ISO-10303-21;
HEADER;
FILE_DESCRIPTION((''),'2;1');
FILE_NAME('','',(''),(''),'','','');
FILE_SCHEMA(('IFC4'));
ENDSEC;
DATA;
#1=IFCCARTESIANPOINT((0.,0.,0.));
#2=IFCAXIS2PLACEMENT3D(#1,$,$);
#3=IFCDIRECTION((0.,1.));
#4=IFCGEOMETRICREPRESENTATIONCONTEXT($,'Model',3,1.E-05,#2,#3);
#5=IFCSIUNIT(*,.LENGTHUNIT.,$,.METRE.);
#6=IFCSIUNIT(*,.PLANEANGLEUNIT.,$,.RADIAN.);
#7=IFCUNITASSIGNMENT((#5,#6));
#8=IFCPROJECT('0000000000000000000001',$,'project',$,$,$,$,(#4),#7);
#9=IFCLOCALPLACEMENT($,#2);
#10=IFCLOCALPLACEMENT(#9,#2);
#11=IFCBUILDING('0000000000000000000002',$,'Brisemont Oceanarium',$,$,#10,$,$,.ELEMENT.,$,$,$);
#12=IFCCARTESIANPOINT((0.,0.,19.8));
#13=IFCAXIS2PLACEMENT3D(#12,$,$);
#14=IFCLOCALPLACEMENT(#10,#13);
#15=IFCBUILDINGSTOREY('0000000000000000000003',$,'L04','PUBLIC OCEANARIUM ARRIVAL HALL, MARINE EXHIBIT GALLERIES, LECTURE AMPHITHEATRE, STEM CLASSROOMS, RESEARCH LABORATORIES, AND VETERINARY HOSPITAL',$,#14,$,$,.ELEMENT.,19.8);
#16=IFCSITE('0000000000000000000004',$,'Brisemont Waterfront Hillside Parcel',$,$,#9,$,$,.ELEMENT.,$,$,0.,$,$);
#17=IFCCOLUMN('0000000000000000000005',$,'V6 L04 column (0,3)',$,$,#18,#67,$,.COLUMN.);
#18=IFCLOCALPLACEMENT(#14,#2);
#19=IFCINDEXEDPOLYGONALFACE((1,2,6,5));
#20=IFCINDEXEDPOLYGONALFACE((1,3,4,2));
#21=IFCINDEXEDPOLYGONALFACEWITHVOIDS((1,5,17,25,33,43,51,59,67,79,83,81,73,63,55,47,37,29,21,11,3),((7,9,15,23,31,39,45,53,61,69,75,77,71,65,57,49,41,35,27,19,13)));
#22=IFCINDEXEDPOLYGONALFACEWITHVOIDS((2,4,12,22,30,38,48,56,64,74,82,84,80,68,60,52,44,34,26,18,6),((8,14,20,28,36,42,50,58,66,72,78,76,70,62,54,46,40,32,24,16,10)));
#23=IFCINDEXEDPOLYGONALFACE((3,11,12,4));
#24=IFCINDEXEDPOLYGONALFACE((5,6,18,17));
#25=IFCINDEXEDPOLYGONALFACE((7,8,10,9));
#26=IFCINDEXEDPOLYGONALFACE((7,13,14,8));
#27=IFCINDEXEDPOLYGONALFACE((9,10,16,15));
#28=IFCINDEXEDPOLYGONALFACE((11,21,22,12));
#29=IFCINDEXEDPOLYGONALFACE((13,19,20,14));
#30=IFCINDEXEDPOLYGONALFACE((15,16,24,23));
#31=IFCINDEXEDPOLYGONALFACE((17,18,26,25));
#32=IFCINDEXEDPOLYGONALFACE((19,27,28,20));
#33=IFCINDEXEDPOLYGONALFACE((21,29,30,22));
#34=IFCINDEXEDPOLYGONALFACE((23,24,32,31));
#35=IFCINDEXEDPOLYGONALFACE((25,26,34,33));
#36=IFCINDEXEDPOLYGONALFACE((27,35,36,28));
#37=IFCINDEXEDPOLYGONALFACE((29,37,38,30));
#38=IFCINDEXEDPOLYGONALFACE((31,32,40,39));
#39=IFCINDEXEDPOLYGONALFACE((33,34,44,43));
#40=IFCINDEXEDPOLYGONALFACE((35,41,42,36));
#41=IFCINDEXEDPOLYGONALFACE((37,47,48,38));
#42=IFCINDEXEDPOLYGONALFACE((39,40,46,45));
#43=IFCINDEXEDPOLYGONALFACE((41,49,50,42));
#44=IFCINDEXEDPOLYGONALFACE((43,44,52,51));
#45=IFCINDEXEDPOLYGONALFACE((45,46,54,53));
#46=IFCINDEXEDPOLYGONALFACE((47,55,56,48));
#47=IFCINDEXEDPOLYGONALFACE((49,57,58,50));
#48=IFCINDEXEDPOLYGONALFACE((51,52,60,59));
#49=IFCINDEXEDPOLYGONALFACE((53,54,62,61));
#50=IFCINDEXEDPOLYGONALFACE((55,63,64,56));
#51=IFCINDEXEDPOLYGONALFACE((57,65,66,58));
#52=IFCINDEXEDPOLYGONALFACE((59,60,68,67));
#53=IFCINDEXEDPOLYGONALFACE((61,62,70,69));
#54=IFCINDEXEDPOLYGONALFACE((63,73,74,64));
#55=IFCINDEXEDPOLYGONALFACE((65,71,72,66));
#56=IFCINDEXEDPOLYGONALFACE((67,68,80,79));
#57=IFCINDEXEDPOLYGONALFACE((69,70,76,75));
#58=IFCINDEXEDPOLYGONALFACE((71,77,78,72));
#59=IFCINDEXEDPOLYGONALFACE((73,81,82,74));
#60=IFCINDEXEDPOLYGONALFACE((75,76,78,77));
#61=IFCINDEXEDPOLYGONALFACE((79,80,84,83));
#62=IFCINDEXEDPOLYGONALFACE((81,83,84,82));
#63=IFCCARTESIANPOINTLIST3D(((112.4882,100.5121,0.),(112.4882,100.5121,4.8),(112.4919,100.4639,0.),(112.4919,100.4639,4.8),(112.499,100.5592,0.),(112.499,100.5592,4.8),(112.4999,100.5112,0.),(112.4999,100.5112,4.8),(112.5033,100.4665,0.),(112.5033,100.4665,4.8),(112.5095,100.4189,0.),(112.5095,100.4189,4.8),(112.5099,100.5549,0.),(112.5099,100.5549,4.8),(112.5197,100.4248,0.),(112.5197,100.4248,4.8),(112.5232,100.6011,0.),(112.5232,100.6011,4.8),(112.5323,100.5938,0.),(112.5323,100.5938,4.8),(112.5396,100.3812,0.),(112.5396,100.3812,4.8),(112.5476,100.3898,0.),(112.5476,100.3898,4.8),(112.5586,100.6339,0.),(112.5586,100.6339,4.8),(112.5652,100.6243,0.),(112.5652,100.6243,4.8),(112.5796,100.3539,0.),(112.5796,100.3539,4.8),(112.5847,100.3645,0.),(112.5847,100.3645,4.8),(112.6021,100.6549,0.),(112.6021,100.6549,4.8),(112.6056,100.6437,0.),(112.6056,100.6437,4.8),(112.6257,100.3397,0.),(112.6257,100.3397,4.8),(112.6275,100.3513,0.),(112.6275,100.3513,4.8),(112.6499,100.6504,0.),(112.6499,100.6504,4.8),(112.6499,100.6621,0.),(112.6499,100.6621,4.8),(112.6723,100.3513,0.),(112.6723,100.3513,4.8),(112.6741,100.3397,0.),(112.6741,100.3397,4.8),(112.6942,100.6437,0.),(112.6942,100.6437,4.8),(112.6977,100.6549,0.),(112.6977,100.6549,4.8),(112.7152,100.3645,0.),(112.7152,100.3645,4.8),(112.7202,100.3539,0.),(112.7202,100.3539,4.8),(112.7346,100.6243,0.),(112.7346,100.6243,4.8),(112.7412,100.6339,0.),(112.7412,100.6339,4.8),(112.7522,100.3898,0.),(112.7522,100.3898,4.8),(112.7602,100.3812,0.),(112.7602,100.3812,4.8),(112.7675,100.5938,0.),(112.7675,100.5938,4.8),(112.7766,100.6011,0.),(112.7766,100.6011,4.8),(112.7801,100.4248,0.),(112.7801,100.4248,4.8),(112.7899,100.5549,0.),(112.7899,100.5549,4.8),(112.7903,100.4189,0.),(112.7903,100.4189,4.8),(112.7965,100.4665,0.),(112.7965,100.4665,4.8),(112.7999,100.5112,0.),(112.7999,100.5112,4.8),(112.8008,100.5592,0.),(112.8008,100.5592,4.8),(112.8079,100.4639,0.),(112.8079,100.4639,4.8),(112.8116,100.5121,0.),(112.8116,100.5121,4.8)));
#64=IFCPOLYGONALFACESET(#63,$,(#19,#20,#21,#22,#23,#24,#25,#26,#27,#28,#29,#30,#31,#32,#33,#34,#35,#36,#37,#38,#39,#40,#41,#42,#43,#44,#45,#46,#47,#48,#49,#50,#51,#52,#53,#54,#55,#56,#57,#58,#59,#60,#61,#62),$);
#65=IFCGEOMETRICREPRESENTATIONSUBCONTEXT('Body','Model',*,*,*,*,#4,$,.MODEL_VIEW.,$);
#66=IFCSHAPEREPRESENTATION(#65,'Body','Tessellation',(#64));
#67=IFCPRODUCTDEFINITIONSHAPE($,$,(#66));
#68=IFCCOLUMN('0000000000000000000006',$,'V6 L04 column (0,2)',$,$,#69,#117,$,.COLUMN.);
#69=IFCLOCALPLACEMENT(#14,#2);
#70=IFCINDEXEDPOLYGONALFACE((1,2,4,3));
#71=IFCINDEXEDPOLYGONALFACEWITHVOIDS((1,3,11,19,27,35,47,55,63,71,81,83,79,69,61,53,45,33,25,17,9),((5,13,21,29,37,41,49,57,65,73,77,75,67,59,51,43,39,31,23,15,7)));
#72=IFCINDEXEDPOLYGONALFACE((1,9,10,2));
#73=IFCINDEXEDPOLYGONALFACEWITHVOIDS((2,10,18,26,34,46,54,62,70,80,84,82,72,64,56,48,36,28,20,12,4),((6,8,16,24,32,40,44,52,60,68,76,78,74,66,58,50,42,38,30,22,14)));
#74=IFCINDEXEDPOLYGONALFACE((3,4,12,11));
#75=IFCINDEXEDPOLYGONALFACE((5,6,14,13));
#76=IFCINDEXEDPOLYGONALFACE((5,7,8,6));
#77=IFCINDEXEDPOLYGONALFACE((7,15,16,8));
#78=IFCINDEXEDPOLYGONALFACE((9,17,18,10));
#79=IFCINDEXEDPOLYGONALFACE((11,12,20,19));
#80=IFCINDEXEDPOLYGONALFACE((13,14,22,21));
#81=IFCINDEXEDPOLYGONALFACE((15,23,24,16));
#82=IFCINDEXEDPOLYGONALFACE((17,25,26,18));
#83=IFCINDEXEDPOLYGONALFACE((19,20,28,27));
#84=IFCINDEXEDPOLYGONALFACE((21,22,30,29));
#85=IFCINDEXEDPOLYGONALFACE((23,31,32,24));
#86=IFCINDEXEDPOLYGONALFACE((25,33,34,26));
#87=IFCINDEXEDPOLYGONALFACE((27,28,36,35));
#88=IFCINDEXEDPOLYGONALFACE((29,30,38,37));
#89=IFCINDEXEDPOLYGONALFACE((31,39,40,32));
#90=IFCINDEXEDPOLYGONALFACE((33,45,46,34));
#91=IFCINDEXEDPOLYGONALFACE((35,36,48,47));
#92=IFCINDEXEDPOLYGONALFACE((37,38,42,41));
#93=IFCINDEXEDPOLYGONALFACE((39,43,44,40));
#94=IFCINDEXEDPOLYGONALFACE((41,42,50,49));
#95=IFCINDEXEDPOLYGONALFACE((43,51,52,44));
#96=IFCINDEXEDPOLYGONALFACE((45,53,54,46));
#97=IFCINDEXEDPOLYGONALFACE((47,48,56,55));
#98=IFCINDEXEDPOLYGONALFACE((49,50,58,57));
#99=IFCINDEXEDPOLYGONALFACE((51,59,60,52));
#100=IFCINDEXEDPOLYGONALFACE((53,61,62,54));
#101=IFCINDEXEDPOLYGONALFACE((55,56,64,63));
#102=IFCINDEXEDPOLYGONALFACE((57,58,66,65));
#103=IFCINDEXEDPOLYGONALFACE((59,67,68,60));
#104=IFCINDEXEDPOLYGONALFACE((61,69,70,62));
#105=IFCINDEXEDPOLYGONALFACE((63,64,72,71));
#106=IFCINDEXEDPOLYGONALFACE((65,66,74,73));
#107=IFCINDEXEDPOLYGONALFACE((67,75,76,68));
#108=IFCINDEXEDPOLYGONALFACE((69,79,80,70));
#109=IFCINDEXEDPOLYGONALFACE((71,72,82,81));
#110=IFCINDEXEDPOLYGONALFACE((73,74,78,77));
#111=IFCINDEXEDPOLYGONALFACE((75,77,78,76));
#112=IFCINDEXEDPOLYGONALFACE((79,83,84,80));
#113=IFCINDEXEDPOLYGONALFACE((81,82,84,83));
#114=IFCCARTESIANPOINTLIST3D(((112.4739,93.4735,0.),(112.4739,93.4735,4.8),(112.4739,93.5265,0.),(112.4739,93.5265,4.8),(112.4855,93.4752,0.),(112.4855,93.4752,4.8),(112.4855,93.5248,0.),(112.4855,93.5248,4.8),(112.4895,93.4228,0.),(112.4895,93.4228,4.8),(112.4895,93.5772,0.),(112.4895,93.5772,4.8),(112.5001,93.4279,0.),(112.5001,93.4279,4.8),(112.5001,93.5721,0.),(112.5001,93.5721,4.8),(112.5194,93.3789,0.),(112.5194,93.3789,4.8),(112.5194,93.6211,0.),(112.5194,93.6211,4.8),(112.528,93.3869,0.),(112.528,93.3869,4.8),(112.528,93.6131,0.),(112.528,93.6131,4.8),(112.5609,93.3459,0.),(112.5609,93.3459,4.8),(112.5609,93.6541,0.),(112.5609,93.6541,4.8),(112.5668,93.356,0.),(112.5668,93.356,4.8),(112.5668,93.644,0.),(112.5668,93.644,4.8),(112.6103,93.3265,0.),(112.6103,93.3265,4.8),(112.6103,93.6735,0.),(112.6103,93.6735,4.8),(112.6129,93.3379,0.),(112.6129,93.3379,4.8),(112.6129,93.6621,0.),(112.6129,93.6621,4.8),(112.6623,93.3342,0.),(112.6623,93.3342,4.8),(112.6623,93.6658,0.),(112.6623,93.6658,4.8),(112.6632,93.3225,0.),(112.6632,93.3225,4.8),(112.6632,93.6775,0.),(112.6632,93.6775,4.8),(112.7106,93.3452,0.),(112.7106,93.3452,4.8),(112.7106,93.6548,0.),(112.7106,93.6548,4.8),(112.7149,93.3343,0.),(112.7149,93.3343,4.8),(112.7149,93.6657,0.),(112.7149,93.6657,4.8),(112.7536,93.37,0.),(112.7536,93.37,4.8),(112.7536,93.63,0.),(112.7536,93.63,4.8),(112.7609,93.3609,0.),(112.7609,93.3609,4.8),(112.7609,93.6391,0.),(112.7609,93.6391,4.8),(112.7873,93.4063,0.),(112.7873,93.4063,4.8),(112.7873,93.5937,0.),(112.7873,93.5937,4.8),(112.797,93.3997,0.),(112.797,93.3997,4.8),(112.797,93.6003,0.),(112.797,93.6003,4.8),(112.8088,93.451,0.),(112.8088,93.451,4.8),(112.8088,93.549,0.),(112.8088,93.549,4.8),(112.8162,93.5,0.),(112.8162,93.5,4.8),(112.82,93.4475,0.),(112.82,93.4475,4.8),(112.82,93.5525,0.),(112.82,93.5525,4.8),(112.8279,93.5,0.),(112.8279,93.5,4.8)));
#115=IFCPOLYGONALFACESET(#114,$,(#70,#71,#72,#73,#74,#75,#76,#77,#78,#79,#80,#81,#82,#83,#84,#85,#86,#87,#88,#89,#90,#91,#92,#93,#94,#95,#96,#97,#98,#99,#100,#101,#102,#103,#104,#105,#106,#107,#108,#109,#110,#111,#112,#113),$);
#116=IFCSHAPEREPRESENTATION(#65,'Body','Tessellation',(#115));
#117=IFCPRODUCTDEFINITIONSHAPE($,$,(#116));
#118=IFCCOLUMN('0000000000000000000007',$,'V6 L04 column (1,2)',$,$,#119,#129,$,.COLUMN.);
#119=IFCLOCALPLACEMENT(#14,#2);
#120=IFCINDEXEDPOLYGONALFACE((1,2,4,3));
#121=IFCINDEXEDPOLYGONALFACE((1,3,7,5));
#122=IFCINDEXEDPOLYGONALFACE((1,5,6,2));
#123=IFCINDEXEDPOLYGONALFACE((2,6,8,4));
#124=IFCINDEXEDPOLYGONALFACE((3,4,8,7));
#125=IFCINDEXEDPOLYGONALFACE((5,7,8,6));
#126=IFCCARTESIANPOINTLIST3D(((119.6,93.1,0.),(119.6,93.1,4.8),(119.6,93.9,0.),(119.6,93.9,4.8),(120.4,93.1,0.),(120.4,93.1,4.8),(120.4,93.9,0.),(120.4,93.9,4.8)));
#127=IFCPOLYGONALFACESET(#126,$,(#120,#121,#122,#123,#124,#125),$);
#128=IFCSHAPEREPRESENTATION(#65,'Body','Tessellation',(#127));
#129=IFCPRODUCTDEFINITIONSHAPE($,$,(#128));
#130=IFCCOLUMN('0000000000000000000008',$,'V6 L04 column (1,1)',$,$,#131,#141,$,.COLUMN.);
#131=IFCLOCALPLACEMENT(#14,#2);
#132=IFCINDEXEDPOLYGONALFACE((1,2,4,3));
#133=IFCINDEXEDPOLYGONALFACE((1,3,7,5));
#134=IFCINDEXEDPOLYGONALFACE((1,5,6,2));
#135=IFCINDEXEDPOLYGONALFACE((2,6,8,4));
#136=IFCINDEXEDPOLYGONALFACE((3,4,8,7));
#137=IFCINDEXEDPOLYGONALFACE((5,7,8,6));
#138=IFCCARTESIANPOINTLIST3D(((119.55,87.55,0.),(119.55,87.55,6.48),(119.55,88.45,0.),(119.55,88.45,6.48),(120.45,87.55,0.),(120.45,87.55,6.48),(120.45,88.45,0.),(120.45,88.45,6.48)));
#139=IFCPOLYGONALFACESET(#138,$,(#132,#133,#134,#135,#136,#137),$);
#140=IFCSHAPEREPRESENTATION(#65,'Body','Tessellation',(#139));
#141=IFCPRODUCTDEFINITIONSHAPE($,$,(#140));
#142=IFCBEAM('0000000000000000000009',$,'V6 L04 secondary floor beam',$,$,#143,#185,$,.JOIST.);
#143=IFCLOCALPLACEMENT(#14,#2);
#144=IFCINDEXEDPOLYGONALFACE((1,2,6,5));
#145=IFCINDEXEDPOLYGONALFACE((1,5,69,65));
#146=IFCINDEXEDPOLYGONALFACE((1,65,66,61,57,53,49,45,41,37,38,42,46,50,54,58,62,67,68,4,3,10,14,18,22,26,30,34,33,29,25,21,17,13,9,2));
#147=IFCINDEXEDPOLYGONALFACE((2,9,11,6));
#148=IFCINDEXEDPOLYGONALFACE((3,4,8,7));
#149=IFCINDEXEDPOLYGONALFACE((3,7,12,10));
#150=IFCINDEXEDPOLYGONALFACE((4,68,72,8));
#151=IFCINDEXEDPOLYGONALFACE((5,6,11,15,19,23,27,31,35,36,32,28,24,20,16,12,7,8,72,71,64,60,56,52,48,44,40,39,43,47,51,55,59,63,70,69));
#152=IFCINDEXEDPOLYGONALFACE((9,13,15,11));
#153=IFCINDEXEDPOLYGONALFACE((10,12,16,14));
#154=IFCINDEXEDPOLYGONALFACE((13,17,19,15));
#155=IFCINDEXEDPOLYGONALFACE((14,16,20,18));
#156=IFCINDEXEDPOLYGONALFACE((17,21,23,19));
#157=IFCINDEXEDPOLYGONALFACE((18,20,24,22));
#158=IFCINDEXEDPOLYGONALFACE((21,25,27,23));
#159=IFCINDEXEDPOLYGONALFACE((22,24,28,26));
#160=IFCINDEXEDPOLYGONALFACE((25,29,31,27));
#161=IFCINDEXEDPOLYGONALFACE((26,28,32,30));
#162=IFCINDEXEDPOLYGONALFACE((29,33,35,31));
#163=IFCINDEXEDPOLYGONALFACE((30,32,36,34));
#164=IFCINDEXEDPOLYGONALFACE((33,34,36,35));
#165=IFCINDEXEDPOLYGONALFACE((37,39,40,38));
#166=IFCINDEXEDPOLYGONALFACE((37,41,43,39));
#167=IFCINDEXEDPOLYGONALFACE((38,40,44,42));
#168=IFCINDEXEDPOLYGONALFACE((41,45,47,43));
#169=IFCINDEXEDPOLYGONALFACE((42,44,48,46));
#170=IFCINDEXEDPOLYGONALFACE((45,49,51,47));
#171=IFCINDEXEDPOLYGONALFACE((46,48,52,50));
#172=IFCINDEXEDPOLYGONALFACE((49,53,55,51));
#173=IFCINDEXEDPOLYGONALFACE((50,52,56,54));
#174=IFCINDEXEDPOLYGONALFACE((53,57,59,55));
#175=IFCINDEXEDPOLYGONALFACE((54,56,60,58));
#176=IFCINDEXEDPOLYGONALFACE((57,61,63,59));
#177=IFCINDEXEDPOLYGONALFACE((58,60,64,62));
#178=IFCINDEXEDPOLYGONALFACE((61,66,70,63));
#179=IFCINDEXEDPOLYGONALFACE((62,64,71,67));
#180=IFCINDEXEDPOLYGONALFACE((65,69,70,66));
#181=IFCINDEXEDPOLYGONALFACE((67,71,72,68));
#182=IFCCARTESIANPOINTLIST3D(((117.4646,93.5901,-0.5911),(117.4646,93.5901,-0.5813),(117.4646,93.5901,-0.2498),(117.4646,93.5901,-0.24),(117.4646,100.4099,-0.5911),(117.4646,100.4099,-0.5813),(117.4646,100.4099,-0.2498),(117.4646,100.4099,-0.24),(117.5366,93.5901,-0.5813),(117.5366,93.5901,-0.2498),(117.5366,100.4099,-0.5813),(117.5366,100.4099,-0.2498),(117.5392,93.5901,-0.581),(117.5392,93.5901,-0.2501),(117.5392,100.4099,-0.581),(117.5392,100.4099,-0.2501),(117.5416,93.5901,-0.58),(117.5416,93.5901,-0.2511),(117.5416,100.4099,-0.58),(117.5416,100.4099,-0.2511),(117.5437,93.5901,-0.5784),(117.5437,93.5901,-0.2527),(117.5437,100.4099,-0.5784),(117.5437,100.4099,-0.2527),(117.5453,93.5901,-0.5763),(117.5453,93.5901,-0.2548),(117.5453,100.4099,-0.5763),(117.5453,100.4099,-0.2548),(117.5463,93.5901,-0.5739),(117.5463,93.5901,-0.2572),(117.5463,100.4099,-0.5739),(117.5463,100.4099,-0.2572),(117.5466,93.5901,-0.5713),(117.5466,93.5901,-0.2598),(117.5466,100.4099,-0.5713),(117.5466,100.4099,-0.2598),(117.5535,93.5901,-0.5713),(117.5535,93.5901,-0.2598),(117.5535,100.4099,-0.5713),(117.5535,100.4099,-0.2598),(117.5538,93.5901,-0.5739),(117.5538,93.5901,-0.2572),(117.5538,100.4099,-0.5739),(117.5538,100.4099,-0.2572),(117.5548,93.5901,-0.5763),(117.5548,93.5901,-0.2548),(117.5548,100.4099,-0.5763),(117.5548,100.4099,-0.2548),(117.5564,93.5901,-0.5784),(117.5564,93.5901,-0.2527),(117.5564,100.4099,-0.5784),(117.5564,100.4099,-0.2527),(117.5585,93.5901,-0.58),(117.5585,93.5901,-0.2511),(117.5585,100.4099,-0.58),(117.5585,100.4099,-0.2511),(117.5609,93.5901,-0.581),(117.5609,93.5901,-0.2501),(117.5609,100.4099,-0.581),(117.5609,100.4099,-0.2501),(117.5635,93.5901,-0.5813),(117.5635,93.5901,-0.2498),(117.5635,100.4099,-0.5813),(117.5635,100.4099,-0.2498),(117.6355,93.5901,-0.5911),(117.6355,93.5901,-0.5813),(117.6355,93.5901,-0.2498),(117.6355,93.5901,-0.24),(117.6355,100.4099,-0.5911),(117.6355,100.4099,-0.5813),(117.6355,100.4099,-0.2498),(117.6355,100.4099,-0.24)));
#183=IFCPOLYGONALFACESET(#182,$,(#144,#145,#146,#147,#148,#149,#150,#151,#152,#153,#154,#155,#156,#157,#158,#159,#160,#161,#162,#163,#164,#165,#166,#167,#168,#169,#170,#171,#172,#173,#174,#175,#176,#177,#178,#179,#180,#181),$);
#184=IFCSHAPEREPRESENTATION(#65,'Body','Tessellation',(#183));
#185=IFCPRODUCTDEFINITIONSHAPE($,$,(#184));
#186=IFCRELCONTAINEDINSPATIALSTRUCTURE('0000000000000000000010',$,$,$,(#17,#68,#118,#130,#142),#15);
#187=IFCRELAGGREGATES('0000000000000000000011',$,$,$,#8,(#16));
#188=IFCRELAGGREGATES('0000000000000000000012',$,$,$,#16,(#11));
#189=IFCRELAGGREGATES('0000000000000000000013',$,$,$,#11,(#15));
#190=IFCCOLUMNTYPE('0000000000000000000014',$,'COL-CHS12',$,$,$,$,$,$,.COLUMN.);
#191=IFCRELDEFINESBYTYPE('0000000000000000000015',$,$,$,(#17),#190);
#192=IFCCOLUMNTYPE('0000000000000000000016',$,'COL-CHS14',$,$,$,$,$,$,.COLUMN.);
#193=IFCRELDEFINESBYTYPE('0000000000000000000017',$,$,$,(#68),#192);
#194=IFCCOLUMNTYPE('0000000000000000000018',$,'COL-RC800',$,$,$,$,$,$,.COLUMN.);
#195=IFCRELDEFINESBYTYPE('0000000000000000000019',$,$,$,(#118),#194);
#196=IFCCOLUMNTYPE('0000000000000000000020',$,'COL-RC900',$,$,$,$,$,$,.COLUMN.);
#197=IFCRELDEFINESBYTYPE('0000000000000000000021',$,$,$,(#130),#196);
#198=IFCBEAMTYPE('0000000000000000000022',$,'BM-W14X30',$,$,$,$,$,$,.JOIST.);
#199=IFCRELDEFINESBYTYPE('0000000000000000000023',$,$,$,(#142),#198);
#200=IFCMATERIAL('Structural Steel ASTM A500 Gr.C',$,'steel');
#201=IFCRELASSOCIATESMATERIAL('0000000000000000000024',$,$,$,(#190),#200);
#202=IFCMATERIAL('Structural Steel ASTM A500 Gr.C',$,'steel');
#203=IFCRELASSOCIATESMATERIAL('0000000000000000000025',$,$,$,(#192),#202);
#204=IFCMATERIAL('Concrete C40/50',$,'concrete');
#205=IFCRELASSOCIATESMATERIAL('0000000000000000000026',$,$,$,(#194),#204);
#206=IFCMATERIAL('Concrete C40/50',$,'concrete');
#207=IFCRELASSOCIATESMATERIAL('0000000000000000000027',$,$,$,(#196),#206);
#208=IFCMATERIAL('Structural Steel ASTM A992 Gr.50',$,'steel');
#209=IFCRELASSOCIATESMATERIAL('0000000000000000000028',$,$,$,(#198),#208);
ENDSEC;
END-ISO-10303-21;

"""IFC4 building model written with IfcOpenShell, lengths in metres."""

from ifc_helpers import new_model, si_unit, direction, frame, origin, origin_2d, place, context, subcontext, project, spatial, rectangle, hollow_circle, i_section, extrude, material, material_profile, profile_set, type_object, element, save


model = new_model("IFC4")

# Units and contexts
model_context = context("Model", 3, precision=1e-05, world=origin(), true_north=direction((0.0, 1.0)))
body_context = subcontext(model_context, "Body", "Model", "MODEL_VIEW")
ifc_project = project(units=[si_unit("LENGTHUNIT", "METRE"), si_unit("PLANEANGLEUNIT", "RADIAN")], contexts=[model_context])

# Site, building, storey
site_placement = place(None, origin())
site = spatial("IfcSite", under=ifc_project, at=site_placement, Name="Brisemont Waterfront Hillside Parcel", CompositionType="ELEMENT", RefElevation=0.0)
building_placement = place(site_placement, origin())
building = spatial("IfcBuilding", under=site, at=building_placement, Name="Brisemont Oceanarium", CompositionType="ELEMENT")
storey_placement = place(building_placement, frame((0.0, 0.0, 19.8)))
storey = spatial("IfcBuildingStorey", under=building, at=storey_placement, Name="L04", Description="PUBLIC OCEANARIUM ARRIVAL HALL, MARINE EXHIBIT GALLERIES, LECTURE AMPHITHEATRE, STEM CLASSROOMS, RESEARCH LABORATORIES, AND VETERINARY HOSPITAL", CompositionType="ELEMENT", Elevation=19.8)

# Columns
ifc_material_1 = material(Name="Structural Steel ASTM A500 Gr.C", Category="steel")
ifc_material_profile_1 = material_profile(ifc_material_1, hollow_circle(Radius=0.1621, WallThickness=0.0117, at=origin_2d()), Name="HSS12.750X0.500")
ifc_profile_set_1 = profile_set([ifc_material_profile_1], Name="Structural Steel ASTM A500 Gr.C")
column_type_1 = type_object("IfcColumnType", Name="COL-CHS12", PredefinedType="COLUMN", material=ifc_profile_set_1)
column_1_placement = place(storey_placement, frame((112.6499, 100.5, 0.0), z_axis=(0.0, 0.0, 1.0), x_axis=(0.0, 1.0, 0.0)))
element("IfcColumn", 1, at=column_1_placement, inside=storey, type_object=column_type_1, Name="V6 L04 column (0,3)", PredefinedType="COLUMN", context=body_context, shape_type="SweptSolid", body=[
    extrude(hollow_circle(Radius=0.1621, WallThickness=0.0117, at=origin_2d()), origin(), (0.0, 0.0, 1.0), 4.8),
])
ifc_material_2 = material(Name="Structural Steel ASTM A500 Gr.C", Category="steel")
ifc_material_profile_2 = material_profile(ifc_material_2, hollow_circle(Radius=0.178, WallThickness=0.0117, at=origin_2d()), Name="HSS14.000X0.500")
ifc_profile_set_2 = profile_set([ifc_material_profile_2], Name="Structural Steel ASTM A500 Gr.C")
column_type_2 = type_object("IfcColumnType", Name="COL-CHS14", PredefinedType="COLUMN", material=ifc_profile_set_2)
column_2_placement = place(storey_placement, frame((112.6499, 93.5, 0.0), z_axis=(0.0, 0.0, 1.0), x_axis=(1.0, 0.0, 0.0)))
element("IfcColumn", 2, at=column_2_placement, inside=storey, type_object=column_type_2, Name="V6 L04 column (0,2)", PredefinedType="COLUMN", context=body_context, shape_type="SweptSolid", body=[
    extrude(hollow_circle(Radius=0.178, WallThickness=0.0117, at=origin_2d()), origin(), (0.0, 0.0, 1.0), 4.8),
])
ifc_material_3 = material(Name="Concrete C40/50", Category="concrete")
ifc_material_profile_3 = material_profile(ifc_material_3, rectangle(XDim=0.8, YDim=0.8, at=origin_2d()), Name="RC-COL-800X800")
ifc_profile_set_3 = profile_set([ifc_material_profile_3], Name="Concrete C40/50")
column_type_3 = type_object("IfcColumnType", Name="COL-RC800", PredefinedType="COLUMN", material=ifc_profile_set_3)
column_3_placement = place(storey_placement, frame((120.0, 93.5, 0.0), z_axis=(0.0, 0.0, 1.0), x_axis=(0.0, 1.0, 0.0)))
element("IfcColumn", 3, at=column_3_placement, inside=storey, type_object=column_type_3, Name="V6 L04 column (1,2)", PredefinedType="COLUMN", context=body_context, shape_type="SweptSolid", body=[
    extrude(rectangle(XDim=0.8, YDim=0.8, at=origin_2d()), origin(), (0.0, 0.0, 1.0), 4.8),
])
ifc_material_4 = material(Name="Concrete C40/50", Category="concrete")
ifc_material_profile_4 = material_profile(ifc_material_4, rectangle(XDim=0.8999, YDim=0.8999, at=origin_2d()), Name="RC-COL-900X900")
ifc_profile_set_4 = profile_set([ifc_material_profile_4], Name="Concrete C40/50")
column_type_4 = type_object("IfcColumnType", Name="COL-RC900", PredefinedType="COLUMN", material=ifc_profile_set_4)
column_4_placement = place(storey_placement, frame((120.0, 88.0, 0.0), z_axis=(0.0, 0.0, 1.0), x_axis=(1.0, 0.0, 0.0)))
element("IfcColumn", 4, at=column_4_placement, inside=storey, type_object=column_type_4, Name="V6 L04 column (1,1)", PredefinedType="COLUMN", context=body_context, shape_type="SweptSolid", body=[
    extrude(rectangle(XDim=0.8999, YDim=0.8999, at=origin_2d()), origin(), (0.0, 0.0, 1.0), 6.48),
])

# Beam
ifc_material_5 = material(Name="Structural Steel ASTM A992 Gr.50", Category="steel")
ifc_material_profile_5 = material_profile(ifc_material_5, i_section(OverallWidth=0.1709, OverallDepth=0.3511, WebThickness=0.0068, FlangeThickness=0.0098, FilletRadius=0.01, at=origin_2d()), Name="W14X30")
ifc_profile_set_5 = profile_set([ifc_material_profile_5], Name="Structural Steel ASTM A992 Gr.50")
beam_type_1 = type_object("IfcBeamType", Name="BM-W14X30", PredefinedType="JOIST", material=ifc_profile_set_5)
beam_1_placement = place(storey_placement, frame((117.55, 93.5901, -0.4155), z_axis=(0.0, 1.0, 0.0), x_axis=(-1.0, 0.0, 0.0)))
element("IfcBeam", 5, at=beam_1_placement, inside=storey, type_object=beam_type_1, Name="V6 L04 secondary floor beam", PredefinedType="JOIST", context=body_context, shape_type="SweptSolid", body=[
    extrude(i_section(OverallWidth=0.1709, OverallDepth=0.3511, WebThickness=0.0068, FlangeThickness=0.0098, FilletRadius=0.01, at=origin_2d()), origin(), (0.0, 0.0, 1.0), 6.8198),
])

save(model, "model.ifc")
